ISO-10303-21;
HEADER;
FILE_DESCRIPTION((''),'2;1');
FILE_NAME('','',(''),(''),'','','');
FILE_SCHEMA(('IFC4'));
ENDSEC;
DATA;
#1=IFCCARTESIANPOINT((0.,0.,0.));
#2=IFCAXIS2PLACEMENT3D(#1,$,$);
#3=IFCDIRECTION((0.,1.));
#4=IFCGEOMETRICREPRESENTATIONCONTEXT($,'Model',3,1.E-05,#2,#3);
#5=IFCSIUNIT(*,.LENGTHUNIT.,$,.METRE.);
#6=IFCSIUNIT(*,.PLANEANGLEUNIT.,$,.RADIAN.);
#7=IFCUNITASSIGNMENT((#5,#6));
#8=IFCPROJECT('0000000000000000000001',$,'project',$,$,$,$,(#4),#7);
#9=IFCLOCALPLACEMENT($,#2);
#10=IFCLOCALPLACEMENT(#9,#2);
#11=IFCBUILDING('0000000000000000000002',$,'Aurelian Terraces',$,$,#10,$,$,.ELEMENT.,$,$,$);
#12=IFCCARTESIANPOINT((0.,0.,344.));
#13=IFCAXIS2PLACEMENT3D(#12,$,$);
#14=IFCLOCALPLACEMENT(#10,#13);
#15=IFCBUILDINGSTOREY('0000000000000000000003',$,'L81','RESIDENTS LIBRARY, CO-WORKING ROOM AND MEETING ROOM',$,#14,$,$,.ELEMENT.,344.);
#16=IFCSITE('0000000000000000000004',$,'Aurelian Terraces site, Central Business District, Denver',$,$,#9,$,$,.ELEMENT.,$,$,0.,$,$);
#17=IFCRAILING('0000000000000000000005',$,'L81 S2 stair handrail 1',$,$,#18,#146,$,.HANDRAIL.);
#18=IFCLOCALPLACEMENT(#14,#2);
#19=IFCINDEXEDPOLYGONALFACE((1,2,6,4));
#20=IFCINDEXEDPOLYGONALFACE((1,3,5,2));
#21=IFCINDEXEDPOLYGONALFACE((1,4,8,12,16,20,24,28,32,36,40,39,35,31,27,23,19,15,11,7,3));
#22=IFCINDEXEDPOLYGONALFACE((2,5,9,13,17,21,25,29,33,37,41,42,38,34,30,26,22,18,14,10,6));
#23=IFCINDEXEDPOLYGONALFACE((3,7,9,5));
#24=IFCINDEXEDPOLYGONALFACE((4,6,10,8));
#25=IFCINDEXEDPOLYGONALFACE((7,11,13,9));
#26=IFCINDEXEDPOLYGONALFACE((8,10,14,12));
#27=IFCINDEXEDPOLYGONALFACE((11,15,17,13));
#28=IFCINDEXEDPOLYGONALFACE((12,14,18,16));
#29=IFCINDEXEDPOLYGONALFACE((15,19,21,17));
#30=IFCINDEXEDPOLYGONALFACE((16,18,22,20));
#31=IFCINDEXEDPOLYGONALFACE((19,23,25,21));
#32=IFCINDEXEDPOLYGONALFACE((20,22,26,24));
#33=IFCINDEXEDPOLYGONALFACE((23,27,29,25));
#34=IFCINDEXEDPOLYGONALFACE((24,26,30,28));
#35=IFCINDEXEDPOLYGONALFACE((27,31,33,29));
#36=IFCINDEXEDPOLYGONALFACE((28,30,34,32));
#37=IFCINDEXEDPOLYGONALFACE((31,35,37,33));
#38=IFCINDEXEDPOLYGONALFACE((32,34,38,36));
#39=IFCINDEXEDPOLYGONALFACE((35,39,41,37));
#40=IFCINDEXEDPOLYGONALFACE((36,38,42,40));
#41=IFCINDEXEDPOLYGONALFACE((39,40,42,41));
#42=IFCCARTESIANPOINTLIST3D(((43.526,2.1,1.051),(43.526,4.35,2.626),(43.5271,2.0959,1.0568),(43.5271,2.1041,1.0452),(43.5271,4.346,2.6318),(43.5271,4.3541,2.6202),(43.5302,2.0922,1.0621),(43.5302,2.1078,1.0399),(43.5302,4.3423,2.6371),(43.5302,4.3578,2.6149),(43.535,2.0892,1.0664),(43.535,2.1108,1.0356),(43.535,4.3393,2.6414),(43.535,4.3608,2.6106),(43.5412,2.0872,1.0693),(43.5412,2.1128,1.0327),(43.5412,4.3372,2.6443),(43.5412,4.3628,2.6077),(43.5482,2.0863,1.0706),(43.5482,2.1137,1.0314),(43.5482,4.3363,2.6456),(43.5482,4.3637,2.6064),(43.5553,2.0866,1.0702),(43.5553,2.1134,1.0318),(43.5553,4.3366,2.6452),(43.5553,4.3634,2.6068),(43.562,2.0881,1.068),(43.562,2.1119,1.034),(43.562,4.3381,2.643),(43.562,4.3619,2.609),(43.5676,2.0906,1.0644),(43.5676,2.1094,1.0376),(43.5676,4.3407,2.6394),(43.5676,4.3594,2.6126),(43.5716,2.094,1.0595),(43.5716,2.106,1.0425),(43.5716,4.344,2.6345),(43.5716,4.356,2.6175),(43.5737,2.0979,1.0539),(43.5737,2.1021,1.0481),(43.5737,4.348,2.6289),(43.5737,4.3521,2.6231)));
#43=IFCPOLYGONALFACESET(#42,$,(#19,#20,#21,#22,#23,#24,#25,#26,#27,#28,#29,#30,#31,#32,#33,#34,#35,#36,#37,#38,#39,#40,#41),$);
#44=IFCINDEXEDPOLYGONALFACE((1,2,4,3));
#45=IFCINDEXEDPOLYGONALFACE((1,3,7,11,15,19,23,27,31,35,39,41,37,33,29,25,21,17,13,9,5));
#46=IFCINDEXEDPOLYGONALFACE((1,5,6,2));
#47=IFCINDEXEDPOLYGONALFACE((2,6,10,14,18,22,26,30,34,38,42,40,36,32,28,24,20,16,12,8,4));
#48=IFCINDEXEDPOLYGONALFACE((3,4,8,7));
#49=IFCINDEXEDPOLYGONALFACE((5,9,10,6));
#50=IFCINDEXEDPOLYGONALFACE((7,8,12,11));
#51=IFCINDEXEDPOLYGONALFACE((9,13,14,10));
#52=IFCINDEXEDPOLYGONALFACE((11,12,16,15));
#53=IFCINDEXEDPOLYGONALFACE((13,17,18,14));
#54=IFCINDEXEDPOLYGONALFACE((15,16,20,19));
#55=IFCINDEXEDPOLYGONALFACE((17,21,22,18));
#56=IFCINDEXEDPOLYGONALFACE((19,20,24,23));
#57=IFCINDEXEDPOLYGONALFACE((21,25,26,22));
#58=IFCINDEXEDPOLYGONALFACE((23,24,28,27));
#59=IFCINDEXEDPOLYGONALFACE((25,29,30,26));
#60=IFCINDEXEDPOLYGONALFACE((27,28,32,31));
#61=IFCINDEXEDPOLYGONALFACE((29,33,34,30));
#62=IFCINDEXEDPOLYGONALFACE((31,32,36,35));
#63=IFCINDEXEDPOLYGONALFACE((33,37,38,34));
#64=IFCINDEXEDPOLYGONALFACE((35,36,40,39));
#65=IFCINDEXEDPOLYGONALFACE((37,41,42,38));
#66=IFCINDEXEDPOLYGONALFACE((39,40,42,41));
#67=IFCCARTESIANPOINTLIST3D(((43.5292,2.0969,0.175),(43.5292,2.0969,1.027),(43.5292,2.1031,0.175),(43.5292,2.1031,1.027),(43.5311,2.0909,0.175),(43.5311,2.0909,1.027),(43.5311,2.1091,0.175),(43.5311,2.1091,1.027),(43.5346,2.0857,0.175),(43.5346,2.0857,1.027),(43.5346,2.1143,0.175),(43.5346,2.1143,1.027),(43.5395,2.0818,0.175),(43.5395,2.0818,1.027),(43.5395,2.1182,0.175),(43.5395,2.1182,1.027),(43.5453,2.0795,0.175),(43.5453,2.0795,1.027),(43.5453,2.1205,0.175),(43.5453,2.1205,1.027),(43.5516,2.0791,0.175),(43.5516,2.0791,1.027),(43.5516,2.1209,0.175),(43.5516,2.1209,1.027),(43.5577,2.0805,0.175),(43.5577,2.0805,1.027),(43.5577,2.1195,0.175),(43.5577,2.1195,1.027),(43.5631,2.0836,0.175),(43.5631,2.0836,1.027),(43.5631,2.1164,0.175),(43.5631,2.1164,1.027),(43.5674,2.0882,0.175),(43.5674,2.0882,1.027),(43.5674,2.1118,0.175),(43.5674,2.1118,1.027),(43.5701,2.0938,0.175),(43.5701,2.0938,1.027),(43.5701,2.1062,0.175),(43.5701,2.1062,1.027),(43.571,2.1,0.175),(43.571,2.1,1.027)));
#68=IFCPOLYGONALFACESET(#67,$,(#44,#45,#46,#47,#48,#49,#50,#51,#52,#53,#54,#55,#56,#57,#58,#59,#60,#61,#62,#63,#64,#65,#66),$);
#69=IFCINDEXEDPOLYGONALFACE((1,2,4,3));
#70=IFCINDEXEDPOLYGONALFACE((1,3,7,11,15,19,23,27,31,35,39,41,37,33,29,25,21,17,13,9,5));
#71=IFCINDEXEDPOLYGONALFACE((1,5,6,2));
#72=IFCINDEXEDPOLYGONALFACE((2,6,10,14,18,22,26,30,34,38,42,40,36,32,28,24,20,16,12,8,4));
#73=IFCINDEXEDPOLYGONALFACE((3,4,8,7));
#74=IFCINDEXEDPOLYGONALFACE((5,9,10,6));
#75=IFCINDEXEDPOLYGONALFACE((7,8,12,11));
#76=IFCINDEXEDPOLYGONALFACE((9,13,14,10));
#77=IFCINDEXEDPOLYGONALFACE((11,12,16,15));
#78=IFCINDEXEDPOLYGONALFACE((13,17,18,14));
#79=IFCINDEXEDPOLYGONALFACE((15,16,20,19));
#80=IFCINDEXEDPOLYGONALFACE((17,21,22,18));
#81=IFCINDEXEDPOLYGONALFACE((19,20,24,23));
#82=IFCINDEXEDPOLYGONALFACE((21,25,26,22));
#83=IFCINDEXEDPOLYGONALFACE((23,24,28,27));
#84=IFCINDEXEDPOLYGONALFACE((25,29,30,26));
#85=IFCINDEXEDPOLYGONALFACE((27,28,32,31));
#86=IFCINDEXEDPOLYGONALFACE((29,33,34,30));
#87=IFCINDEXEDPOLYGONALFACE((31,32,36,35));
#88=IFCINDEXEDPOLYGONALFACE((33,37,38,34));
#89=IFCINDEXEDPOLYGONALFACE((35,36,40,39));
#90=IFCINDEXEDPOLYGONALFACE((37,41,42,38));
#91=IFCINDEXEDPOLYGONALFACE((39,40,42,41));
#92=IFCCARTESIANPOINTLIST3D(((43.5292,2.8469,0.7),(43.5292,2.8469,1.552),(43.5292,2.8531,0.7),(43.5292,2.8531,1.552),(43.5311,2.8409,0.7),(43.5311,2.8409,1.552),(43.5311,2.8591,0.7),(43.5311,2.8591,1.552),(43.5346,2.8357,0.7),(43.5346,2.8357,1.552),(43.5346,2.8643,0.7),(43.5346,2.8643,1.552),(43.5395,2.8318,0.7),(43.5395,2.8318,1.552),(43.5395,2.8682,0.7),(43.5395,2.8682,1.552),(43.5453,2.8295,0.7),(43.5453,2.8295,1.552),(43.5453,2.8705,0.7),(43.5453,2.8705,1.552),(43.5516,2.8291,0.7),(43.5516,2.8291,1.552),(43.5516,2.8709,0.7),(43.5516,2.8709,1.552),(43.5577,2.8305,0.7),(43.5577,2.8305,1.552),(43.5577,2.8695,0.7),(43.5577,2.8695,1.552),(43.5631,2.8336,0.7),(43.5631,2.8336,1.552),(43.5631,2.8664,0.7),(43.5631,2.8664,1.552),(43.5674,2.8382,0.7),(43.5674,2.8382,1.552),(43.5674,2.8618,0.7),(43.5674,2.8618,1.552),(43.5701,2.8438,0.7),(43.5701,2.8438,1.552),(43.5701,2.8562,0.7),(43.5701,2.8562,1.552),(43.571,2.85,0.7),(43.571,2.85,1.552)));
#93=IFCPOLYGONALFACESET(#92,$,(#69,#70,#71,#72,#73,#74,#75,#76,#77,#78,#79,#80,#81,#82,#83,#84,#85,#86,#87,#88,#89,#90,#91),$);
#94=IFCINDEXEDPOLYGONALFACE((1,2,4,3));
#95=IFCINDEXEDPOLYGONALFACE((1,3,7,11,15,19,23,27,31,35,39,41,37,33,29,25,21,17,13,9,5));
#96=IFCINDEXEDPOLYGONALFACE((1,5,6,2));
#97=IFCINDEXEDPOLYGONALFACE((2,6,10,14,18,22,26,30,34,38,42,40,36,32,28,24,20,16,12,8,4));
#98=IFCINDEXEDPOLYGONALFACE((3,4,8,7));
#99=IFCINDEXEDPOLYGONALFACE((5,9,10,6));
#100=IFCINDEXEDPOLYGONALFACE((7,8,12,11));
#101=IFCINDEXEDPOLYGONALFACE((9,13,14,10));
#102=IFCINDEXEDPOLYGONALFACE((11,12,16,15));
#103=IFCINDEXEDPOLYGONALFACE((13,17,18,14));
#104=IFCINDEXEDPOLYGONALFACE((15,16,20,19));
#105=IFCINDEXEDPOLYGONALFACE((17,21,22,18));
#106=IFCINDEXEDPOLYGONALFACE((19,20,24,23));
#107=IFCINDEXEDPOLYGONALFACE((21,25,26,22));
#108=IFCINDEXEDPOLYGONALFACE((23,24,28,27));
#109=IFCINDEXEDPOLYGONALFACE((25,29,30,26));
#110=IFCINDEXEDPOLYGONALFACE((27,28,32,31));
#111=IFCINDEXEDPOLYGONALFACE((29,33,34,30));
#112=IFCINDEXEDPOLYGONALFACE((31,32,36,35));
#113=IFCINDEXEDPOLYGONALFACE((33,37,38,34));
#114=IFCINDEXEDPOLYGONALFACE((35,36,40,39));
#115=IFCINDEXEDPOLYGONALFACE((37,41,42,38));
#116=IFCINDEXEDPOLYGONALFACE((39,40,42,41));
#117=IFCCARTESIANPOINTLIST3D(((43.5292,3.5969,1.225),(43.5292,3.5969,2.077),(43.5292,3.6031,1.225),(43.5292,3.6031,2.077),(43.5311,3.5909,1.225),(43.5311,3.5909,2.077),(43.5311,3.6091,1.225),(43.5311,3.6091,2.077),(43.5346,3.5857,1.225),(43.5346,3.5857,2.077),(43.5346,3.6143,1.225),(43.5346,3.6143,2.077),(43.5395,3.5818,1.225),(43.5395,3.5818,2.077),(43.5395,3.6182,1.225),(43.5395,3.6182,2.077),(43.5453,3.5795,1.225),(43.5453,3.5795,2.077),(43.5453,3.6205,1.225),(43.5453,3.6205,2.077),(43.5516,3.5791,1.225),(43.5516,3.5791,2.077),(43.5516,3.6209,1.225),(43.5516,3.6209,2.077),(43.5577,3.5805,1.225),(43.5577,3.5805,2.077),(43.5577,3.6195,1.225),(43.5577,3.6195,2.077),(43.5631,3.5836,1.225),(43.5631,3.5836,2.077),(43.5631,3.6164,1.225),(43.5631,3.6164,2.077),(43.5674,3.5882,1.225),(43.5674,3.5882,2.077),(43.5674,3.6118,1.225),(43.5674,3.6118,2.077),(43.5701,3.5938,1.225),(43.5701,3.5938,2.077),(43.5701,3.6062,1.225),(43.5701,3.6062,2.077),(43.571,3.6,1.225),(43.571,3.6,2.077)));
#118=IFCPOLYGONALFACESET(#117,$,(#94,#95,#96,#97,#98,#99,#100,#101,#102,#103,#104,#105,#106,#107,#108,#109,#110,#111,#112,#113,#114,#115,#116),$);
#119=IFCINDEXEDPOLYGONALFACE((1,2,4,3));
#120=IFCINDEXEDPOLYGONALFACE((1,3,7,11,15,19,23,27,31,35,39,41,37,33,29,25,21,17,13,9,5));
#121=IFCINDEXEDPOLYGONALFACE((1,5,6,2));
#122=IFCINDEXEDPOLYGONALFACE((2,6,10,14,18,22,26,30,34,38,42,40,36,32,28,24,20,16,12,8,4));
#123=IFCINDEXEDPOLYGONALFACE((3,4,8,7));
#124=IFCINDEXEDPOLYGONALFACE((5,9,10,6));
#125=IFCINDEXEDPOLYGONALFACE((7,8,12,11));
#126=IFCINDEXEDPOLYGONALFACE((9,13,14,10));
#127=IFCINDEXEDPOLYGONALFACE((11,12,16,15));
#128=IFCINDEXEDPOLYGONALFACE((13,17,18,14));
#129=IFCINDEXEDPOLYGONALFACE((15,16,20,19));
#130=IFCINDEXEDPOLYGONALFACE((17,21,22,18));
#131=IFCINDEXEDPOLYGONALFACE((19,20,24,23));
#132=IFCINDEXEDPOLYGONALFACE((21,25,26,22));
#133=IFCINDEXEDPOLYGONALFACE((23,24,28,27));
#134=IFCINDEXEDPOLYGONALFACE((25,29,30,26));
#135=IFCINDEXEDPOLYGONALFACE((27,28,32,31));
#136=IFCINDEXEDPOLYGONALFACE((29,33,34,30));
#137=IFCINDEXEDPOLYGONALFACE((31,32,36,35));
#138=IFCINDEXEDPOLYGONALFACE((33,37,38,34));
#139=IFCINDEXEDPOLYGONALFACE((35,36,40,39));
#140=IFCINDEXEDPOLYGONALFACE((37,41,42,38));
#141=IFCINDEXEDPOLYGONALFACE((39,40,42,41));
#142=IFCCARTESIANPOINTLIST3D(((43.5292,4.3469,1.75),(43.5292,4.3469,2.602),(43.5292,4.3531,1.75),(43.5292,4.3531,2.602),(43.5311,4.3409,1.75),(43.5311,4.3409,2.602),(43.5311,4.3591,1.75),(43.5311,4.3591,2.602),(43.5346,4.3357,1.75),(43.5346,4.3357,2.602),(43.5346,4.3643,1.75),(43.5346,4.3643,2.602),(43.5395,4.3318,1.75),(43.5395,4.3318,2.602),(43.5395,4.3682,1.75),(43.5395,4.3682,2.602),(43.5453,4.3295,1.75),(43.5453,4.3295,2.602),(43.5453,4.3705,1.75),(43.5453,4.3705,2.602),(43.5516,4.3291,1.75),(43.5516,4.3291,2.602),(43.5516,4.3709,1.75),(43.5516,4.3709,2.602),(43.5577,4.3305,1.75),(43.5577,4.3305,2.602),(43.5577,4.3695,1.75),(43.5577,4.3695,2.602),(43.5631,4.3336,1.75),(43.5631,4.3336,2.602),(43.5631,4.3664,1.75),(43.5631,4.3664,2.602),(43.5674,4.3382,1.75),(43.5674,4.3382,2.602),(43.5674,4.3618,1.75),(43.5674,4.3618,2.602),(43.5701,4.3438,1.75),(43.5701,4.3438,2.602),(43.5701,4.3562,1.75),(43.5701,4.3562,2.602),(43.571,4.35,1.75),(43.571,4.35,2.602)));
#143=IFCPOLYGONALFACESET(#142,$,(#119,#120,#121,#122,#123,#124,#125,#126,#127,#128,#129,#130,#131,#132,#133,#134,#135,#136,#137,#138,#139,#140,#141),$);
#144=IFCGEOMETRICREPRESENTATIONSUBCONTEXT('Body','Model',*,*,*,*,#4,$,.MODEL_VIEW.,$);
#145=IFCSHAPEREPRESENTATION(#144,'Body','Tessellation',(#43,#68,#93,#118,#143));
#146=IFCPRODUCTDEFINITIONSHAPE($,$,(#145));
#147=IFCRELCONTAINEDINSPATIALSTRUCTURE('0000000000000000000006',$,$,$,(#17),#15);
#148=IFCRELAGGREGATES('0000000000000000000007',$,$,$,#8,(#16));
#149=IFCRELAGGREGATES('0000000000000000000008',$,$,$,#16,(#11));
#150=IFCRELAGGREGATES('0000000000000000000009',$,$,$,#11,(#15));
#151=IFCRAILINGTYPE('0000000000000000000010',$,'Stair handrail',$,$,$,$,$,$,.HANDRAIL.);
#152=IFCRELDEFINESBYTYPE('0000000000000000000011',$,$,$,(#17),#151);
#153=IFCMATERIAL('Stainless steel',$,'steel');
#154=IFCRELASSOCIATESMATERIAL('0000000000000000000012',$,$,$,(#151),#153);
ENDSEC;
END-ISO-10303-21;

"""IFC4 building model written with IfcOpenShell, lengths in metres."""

from ifc_helpers import new_model, si_unit, direction, frame, origin, origin_2d, place, context, subcontext, project, spatial, circle, extrude, source, transform, mapped, material, type_object, element, save


model = new_model("IFC4")

# Units and contexts
model_context = context("Model", 3, precision=1e-05, world=origin(), true_north=direction((0.0, 1.0)))
body_context = subcontext(model_context, "Body", "Model", "MODEL_VIEW")
ifc_project = project(units=[si_unit("LENGTHUNIT", "METRE"), si_unit("PLANEANGLEUNIT", "RADIAN")], contexts=[model_context])

# Site, building, storey
site_placement = place(None, origin())
site = spatial("IfcSite", under=ifc_project, at=site_placement, Name="Aurelian Terraces site, Central Business District, Denver", CompositionType="ELEMENT", RefElevation=0.0)
building_placement = place(site_placement, origin())
building = spatial("IfcBuilding", under=site, at=building_placement, Name="Aurelian Terraces", CompositionType="ELEMENT")
storey_placement = place(building_placement, frame((0.0, 0.0, 344.0)))
storey = spatial("IfcBuildingStorey", under=building, at=storey_placement, Name="L81", Description="RESIDENTS LIBRARY, CO-WORKING ROOM AND MEETING ROOM", CompositionType="ELEMENT", Elevation=344.0)

# Railing
ifc_material_1 = material(Name="Stainless steel", Category="steel")
railing_type_1 = type_object("IfcRailingType", Name="Stair handrail", PredefinedType="HANDRAIL", material=ifc_material_1)
shared_shape_1 = source(origin(), body_context, "Body", "SweptSolid", [
    extrude(circle(Radius=0.024, at=origin_2d()), frame((0.0, 0.0, 0.876), z_axis=(0.0, 0.819232, 0.573462), x_axis=(-1.0, 0.0, 0.0)), (0.0, 0.0, 1.0), 2.7465),
    extrude(circle(Radius=0.021, at=origin_2d()), origin(), (0.0, 0.0, 1.0), 0.852),
    extrude(circle(Radius=0.021, at=origin_2d()), frame((0.0, 0.75, 0.525)), (0.0, 0.0, 1.0), 0.852),
    extrude(circle(Radius=0.021, at=origin_2d()), frame((0.0, 1.5, 1.05)), (0.0, 0.0, 1.0), 0.852),
    extrude(circle(Radius=0.021, at=origin_2d()), frame((0.0, 2.25, 1.575)), (0.0, 0.0, 1.0), 0.852),
])
railing_1_placement = place(storey_placement, frame((43.55, 2.1, 0.175)))
element("IfcRailing", 1, at=railing_1_placement, inside=storey, type_object=railing_type_1, Name="L81 S2 stair handrail 1", PredefinedType="HANDRAIL", context=body_context, shape_type="MappedRepresentation", body=[
    mapped(shared_shape_1, transform((0.0, 0.0, 0.0), scale=1.0)),
])

save(model, "model.ifc")
